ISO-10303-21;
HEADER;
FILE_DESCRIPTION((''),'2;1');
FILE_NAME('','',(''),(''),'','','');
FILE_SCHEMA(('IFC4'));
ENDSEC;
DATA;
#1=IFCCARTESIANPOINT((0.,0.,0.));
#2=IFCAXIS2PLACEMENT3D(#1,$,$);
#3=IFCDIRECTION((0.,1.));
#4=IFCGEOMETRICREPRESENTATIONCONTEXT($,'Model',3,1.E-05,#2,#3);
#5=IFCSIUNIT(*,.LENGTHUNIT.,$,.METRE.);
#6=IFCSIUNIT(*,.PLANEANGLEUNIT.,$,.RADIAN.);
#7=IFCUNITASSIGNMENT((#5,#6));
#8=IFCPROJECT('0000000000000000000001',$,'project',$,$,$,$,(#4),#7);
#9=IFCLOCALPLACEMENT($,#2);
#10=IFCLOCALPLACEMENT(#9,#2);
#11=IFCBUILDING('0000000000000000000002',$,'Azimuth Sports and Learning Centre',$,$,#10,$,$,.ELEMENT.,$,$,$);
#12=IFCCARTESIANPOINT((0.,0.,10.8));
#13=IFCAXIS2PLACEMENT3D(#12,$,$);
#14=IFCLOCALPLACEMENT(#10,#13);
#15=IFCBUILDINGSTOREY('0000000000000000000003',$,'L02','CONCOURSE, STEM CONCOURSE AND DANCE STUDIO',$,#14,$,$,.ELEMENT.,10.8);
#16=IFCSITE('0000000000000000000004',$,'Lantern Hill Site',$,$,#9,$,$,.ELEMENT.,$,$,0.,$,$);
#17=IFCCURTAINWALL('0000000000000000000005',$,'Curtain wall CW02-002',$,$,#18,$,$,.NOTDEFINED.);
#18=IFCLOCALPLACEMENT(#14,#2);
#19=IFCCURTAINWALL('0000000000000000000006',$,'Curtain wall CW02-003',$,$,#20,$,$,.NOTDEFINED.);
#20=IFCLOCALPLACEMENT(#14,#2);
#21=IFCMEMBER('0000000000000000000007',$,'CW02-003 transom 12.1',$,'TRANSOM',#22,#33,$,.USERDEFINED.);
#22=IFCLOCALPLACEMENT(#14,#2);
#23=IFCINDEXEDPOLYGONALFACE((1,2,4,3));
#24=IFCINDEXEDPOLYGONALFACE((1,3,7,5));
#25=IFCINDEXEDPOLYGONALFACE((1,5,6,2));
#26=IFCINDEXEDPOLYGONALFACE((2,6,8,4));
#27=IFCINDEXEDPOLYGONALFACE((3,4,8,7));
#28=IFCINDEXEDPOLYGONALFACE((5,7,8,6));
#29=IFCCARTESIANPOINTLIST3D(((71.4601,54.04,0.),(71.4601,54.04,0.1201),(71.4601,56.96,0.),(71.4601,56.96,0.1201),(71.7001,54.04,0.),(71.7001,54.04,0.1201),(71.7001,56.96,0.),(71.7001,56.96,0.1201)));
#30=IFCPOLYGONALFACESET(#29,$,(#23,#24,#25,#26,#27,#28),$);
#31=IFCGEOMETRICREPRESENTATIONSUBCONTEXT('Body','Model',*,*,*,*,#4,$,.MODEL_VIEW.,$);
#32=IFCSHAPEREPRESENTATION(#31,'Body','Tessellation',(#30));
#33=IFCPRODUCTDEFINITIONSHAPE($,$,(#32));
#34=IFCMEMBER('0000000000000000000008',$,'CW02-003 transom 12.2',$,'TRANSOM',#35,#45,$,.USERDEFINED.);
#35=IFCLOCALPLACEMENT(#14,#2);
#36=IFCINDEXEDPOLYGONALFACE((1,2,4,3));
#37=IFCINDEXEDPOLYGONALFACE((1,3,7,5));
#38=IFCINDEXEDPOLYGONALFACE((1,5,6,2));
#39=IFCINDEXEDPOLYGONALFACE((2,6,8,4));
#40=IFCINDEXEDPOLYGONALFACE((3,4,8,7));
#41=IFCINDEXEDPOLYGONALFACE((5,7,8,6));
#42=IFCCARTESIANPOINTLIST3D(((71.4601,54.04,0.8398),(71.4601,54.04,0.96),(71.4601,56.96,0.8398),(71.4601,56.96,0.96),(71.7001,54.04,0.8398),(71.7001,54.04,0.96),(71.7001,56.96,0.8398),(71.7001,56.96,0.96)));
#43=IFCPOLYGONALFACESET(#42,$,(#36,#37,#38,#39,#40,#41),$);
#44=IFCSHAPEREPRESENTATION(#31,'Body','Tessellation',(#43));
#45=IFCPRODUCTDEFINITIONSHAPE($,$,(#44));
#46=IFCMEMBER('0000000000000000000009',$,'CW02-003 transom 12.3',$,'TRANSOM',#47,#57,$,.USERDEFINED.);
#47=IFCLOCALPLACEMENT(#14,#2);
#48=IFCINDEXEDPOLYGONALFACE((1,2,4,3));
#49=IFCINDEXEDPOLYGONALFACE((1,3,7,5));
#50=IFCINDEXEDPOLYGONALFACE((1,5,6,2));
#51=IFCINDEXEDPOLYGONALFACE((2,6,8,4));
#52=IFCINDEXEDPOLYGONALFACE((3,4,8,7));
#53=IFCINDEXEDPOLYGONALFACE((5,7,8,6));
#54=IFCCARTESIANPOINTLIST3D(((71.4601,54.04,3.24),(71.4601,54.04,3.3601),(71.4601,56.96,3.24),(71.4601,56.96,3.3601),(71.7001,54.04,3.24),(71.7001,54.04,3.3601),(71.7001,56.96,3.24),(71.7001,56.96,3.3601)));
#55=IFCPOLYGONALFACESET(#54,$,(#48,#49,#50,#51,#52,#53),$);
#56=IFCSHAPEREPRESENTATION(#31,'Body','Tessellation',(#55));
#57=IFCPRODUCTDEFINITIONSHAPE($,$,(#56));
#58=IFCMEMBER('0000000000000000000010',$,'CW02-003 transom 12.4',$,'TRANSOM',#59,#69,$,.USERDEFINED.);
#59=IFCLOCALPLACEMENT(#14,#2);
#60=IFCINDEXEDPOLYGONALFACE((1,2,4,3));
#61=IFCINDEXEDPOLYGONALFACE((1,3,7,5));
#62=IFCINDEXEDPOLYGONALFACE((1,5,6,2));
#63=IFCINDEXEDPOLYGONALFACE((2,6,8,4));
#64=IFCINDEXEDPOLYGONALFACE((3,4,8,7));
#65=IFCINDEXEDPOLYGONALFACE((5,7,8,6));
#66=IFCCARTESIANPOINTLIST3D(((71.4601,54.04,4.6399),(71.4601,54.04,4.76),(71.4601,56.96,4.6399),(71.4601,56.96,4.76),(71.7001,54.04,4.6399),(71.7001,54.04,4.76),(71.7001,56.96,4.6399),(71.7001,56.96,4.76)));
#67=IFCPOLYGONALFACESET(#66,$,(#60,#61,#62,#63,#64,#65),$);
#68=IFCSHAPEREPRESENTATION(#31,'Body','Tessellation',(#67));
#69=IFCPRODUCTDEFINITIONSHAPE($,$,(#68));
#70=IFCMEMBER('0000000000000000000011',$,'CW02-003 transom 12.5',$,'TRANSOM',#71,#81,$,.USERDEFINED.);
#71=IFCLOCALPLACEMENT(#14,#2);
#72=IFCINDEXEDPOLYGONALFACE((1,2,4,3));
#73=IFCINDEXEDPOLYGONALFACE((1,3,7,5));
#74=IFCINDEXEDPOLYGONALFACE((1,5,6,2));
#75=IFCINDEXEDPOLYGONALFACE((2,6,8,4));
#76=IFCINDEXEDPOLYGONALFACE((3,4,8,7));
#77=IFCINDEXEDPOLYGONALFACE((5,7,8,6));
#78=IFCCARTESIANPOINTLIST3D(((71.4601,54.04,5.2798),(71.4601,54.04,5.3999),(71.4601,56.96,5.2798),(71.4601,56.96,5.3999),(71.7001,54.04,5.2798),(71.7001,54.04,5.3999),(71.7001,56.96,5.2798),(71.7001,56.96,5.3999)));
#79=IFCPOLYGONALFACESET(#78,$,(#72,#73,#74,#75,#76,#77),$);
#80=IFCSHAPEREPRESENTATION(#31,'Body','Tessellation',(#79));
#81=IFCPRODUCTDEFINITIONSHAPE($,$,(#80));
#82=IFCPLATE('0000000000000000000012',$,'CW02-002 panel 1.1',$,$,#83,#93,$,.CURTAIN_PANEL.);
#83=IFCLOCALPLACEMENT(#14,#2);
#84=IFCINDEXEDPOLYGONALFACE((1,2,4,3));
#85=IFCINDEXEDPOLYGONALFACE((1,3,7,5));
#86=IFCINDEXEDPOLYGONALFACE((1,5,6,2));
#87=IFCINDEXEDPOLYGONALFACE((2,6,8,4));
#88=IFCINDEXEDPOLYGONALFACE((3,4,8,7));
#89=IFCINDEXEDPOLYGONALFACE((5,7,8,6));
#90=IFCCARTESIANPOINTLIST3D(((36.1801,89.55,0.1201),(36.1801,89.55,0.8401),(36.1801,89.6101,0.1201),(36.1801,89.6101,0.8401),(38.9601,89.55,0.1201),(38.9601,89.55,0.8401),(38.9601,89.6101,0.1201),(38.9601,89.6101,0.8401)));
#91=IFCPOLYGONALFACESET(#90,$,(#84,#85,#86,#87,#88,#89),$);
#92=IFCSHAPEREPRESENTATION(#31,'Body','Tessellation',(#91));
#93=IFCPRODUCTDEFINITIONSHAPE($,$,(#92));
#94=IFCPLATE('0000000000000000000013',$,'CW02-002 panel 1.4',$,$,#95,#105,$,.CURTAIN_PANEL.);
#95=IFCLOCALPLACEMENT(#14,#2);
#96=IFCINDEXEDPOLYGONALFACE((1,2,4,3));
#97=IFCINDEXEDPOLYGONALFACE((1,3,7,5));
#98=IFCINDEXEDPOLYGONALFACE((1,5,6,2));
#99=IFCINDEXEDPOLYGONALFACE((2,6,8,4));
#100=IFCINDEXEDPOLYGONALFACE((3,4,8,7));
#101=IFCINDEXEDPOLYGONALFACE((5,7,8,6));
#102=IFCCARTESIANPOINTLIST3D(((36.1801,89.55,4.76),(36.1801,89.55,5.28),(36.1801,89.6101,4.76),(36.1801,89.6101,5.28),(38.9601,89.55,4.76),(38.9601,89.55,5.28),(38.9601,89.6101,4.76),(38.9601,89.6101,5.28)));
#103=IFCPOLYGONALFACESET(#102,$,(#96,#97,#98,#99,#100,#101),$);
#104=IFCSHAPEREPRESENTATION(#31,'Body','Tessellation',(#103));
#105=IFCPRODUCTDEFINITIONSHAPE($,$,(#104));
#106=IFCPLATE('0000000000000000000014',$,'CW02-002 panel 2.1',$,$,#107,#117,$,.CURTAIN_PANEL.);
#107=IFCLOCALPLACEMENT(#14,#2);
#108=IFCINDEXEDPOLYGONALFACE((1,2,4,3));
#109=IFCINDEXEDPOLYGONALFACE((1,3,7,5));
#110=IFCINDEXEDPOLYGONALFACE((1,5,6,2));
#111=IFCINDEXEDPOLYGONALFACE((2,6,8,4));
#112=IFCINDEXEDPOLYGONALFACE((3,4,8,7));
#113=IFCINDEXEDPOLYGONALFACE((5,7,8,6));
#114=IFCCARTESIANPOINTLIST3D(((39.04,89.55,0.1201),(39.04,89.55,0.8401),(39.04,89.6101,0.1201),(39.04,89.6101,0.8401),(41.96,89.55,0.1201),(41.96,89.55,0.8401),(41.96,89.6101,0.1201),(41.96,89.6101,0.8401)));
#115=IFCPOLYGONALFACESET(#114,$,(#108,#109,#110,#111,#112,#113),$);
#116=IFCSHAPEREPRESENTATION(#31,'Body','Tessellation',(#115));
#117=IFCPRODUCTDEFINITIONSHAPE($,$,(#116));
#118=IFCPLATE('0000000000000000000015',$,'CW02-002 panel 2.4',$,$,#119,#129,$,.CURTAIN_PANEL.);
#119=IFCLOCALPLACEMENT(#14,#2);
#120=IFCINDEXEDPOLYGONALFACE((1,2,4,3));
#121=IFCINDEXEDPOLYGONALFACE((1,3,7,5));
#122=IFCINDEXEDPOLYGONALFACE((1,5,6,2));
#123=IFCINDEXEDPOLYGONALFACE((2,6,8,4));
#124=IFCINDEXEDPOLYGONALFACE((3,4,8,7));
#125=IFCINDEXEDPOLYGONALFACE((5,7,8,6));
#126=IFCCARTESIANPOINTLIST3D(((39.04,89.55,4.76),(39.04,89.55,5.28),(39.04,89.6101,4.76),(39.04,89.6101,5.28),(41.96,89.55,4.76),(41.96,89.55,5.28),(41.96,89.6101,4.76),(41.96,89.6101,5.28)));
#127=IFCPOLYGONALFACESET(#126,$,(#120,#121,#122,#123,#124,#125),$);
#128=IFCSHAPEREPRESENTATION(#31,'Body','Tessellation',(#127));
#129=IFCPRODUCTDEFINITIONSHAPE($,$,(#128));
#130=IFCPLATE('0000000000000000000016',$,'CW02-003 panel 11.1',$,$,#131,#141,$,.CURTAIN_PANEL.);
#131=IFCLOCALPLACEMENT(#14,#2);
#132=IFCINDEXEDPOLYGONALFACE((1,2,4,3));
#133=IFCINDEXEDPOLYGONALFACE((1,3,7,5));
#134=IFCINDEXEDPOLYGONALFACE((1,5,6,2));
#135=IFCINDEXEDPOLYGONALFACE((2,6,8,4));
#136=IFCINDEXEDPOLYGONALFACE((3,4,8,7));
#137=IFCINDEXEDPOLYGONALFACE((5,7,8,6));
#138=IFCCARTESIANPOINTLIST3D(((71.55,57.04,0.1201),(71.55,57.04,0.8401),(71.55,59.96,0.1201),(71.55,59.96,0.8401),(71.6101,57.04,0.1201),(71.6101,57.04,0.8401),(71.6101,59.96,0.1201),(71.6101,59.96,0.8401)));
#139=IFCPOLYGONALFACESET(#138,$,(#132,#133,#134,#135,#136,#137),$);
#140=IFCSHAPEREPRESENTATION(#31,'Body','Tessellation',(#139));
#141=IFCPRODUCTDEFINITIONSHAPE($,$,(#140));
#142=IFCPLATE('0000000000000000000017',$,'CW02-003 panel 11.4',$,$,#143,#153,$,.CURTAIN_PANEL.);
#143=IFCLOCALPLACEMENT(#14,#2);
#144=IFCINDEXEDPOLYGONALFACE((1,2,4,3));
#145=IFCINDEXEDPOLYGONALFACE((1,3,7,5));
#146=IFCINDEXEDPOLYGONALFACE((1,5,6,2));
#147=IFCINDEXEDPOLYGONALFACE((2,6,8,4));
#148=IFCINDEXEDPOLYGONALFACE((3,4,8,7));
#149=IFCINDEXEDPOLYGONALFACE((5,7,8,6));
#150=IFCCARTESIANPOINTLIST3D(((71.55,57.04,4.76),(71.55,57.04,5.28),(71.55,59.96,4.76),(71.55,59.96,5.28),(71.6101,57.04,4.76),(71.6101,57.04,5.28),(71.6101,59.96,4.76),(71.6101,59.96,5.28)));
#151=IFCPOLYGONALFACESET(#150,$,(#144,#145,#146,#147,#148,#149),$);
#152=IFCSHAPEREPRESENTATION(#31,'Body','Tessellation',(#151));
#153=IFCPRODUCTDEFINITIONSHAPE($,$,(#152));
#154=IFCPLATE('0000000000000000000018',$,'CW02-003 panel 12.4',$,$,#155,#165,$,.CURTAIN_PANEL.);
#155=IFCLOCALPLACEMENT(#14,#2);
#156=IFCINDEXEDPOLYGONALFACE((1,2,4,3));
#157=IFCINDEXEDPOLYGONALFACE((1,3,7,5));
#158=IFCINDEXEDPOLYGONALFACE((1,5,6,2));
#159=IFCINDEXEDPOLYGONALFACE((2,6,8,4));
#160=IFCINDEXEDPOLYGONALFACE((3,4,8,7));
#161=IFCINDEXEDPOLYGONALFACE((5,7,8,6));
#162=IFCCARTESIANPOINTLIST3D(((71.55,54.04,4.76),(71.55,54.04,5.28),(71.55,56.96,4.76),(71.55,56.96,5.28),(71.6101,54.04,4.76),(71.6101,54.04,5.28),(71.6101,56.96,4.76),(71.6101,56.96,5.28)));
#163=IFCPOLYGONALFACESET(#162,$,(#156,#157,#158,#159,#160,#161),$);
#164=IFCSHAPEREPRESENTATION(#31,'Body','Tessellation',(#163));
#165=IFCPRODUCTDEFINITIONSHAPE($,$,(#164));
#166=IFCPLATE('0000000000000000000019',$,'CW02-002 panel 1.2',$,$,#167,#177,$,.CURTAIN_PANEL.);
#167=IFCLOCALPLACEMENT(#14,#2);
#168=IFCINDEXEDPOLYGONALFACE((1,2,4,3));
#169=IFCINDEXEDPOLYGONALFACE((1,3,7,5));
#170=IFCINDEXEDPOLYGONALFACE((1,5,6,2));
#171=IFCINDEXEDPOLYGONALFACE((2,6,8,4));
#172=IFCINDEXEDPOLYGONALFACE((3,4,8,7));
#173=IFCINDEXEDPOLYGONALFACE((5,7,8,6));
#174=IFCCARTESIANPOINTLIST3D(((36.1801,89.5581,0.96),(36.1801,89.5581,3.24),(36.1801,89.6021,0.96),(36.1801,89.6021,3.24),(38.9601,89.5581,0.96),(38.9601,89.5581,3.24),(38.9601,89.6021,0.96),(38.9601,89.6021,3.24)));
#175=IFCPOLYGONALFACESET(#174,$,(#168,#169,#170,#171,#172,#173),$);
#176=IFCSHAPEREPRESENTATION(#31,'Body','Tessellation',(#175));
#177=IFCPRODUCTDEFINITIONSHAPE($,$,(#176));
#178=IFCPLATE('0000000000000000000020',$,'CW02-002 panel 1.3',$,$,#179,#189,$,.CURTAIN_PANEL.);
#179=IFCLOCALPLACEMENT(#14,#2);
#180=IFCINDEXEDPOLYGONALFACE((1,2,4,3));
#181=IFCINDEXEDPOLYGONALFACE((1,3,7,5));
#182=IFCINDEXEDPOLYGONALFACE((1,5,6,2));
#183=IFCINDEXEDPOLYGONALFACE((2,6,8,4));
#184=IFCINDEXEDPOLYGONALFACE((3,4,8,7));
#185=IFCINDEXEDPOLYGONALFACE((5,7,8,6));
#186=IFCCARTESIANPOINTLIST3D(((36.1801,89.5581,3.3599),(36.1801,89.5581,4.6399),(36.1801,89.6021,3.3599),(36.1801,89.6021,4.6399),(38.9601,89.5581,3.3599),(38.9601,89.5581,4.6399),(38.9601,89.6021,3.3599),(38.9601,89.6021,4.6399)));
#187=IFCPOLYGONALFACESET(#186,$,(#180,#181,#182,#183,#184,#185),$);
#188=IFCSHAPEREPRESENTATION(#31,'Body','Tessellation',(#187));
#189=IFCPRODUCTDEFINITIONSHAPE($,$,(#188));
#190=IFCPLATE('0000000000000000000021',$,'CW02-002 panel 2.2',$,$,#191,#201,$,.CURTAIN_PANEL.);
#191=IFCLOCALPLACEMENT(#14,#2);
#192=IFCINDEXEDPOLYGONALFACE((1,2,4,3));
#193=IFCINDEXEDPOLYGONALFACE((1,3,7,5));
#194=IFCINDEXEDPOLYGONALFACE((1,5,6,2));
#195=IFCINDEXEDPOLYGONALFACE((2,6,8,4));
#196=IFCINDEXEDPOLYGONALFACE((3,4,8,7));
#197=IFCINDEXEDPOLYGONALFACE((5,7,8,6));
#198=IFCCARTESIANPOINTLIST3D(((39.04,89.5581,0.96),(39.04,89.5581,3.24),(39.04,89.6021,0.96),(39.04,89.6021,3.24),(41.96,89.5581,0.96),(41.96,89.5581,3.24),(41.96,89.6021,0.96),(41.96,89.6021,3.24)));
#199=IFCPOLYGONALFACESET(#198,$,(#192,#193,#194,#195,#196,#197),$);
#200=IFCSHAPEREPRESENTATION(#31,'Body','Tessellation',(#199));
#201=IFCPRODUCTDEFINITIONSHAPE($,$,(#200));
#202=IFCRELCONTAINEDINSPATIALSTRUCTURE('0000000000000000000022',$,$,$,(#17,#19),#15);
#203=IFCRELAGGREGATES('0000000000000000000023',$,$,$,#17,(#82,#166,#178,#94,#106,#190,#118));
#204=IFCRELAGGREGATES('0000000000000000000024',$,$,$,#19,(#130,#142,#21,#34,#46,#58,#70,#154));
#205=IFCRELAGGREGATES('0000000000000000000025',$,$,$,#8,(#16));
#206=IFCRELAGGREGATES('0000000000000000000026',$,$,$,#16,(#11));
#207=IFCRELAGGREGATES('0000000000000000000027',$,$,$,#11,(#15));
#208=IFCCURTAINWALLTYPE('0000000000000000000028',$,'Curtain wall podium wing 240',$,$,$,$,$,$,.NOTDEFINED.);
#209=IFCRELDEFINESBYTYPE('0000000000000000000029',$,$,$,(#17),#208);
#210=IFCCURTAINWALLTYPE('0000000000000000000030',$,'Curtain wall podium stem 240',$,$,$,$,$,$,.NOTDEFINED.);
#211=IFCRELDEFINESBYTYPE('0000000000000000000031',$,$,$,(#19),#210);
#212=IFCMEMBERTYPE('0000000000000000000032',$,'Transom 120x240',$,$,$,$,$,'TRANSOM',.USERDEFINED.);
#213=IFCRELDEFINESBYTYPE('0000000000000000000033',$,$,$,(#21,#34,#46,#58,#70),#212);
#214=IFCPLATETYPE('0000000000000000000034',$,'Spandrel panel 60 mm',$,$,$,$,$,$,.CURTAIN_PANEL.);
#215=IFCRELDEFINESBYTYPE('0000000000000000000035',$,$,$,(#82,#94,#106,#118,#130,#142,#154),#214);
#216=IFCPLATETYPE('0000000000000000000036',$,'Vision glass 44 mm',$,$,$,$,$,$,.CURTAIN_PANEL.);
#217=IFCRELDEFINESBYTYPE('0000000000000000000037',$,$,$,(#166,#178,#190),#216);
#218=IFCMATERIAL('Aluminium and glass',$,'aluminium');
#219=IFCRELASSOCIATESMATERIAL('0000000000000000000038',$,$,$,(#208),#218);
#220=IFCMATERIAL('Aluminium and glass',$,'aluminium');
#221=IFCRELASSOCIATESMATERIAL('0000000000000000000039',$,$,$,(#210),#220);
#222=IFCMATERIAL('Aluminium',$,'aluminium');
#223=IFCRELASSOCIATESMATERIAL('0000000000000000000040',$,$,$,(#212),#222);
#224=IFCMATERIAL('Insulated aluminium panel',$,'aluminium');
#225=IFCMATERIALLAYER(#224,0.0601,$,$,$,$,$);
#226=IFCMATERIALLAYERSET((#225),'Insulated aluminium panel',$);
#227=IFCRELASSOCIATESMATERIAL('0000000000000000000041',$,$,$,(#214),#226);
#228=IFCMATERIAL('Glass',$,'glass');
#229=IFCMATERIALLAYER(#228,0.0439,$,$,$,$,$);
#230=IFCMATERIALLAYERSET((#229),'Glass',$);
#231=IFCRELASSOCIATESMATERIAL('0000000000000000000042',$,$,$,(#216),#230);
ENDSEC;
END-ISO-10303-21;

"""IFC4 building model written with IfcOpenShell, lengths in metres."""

from ifc_helpers import new_model, si_unit, direction, frame, origin, origin_2d, place, context, subcontext, project, spatial, rectangle, extrude, material, layer, layer_set, material_profile, profile_set, type_object, element, aggregate, save


model = new_model("IFC4")

# Units and contexts
model_context = context("Model", 3, precision=1e-05, world=origin(), true_north=direction((0.0, 1.0)))
body_context = subcontext(model_context, "Body", "Model", "MODEL_VIEW")
ifc_project = project(units=[si_unit("LENGTHUNIT", "METRE"), si_unit("PLANEANGLEUNIT", "RADIAN")], contexts=[model_context])

# Site, building, storey
site_placement = place(None, origin())
site = spatial("IfcSite", under=ifc_project, at=site_placement, Name="Lantern Hill Site", CompositionType="ELEMENT", RefElevation=0.0)
building_placement = place(site_placement, origin())
building = spatial("IfcBuilding", under=site, at=building_placement, Name="Azimuth Sports and Learning Centre", CompositionType="ELEMENT")
storey_placement = place(building_placement, frame((0.0, 0.0, 10.8)))
storey = spatial("IfcBuildingStorey", under=building, at=storey_placement, Name="L02", Description="CONCOURSE, STEM CONCOURSE AND DANCE STUDIO", CompositionType="ELEMENT", Elevation=10.8)

# Curtain wall
ifc_material_1 = material(Name="Aluminium and glass", Category="aluminium")
curtain_wall_type_1 = type_object("IfcCurtainWallType", Name="Curtain wall podium wing 240", PredefinedType="NOTDEFINED", material=ifc_material_1)
curtain_wall_1_placement = place(storey_placement, origin())
curtain_wall_1 = element("IfcCurtainWall", 1, at=curtain_wall_1_placement, inside=storey, type_object=curtain_wall_type_1, Name="Curtain wall CW02-002", PredefinedType="NOTDEFINED")

# Curtain wall
ifc_material_2 = material(Name="Aluminium and glass", Category="aluminium")
curtain_wall_type_2 = type_object("IfcCurtainWallType", Name="Curtain wall podium stem 240", PredefinedType="NOTDEFINED", material=ifc_material_2)
curtain_wall_2_placement = place(storey_placement, origin())
curtain_wall_2 = element("IfcCurtainWall", 2, at=curtain_wall_2_placement, inside=storey, type_object=curtain_wall_type_2, Name="Curtain wall CW02-003", PredefinedType="NOTDEFINED")

# Members
ifc_material_3 = material(Name="Aluminium", Category="aluminium")
ifc_material_profile_1 = material_profile(ifc_material_3, rectangle(XDim=0.24, YDim=0.1201, at=origin_2d()), Name="Transom 120x240")
ifc_profile_set_1 = profile_set([ifc_material_profile_1], Name="Aluminium")
member_type_1 = type_object("IfcMemberType", Name="Transom 120x240", ElementType="TRANSOM", PredefinedType="USERDEFINED", material=ifc_profile_set_1)
member_1_placement = place(storey_placement, frame((71.5801, 56.96, 0.0601), z_axis=(0.0, -1.0, 0.0), x_axis=(1.0, 0.0, 0.0)))
member_1 = element("IfcMember", 3, at=member_1_placement, type_object=member_type_1, Name="CW02-003 transom 12.1", ObjectType="TRANSOM", PredefinedType="USERDEFINED", context=body_context, shape_type="SweptSolid", body=[
    extrude(rectangle(XDim=0.24, YDim=0.1201, at=origin_2d()), origin(), (0.0, 0.0, 1.0), 2.9199),
])
member_2_placement = place(storey_placement, frame((71.5801, 56.96, 0.8999), z_axis=(0.0, -1.0, 0.0), x_axis=(1.0, 0.0, 0.0)))
member_2 = element("IfcMember", 4, at=member_2_placement, type_object=member_type_1, Name="CW02-003 transom 12.2", ObjectType="TRANSOM", PredefinedType="USERDEFINED", context=body_context, shape_type="SweptSolid", body=[
    extrude(rectangle(XDim=0.24, YDim=0.1201, at=origin_2d()), origin(), (0.0, 0.0, 1.0), 2.9199),
])
member_3_placement = place(storey_placement, frame((71.5801, 56.96, 3.3), z_axis=(0.0, -1.0, 0.0), x_axis=(1.0, 0.0, 0.0)))
member_3 = element("IfcMember", 5, at=member_3_placement, type_object=member_type_1, Name="CW02-003 transom 12.3", ObjectType="TRANSOM", PredefinedType="USERDEFINED", context=body_context, shape_type="SweptSolid", body=[
    extrude(rectangle(XDim=0.24, YDim=0.1201, at=origin_2d()), origin(), (0.0, 0.0, 1.0), 2.9199),
])
member_4_placement = place(storey_placement, frame((71.5801, 56.96, 4.7), z_axis=(0.0, -1.0, 0.0), x_axis=(1.0, 0.0, 0.0)))
member_4 = element("IfcMember", 6, at=member_4_placement, type_object=member_type_1, Name="CW02-003 transom 12.4", ObjectType="TRANSOM", PredefinedType="USERDEFINED", context=body_context, shape_type="SweptSolid", body=[
    extrude(rectangle(XDim=0.24, YDim=0.1201, at=origin_2d()), origin(), (0.0, 0.0, 1.0), 2.9199),
])
member_5_placement = place(storey_placement, frame((71.5801, 56.96, 5.3398), z_axis=(0.0, -1.0, 0.0), x_axis=(1.0, 0.0, 0.0)))
member_5 = element("IfcMember", 7, at=member_5_placement, type_object=member_type_1, Name="CW02-003 transom 12.5", ObjectType="TRANSOM", PredefinedType="USERDEFINED", context=body_context, shape_type="SweptSolid", body=[
    extrude(rectangle(XDim=0.24, YDim=0.1201, at=origin_2d()), origin(), (0.0, 0.0, 1.0), 2.9199),
])

# Plates
ifc_material_4 = material(Name="Insulated aluminium panel", Category="aluminium")
ifc_layer_1 = layer(ifc_material_4, 0.0601)
ifc_layer_set_1 = layer_set([ifc_layer_1], Name="Insulated aluminium panel")
plate_type_1 = type_object("IfcPlateType", Name="Spandrel panel 60 mm", PredefinedType="CURTAIN_PANEL", material=ifc_layer_set_1)
plate_1_placement = place(storey_placement, frame((37.5701, 89.5801, 0.1201), z_axis=(0.0, 0.0, 1.0), x_axis=(1.0, 0.0, 0.0)))
plate_1 = element("IfcPlate", 8, at=plate_1_placement, type_object=plate_type_1, Name="CW02-002 panel 1.1", PredefinedType="CURTAIN_PANEL", context=body_context, shape_type="SweptSolid", body=[
    extrude(rectangle(XDim=2.78, YDim=0.0601, at=origin_2d()), origin(), (0.0, 0.0, 1.0), 0.72),
])
plate_2_placement = place(storey_placement, frame((37.5701, 89.5801, 4.76), z_axis=(0.0, 0.0, 1.0), x_axis=(1.0, 0.0, 0.0)))
plate_2 = element("IfcPlate", 9, at=plate_2_placement, type_object=plate_type_1, Name="CW02-002 panel 1.4", PredefinedType="CURTAIN_PANEL", context=body_context, shape_type="SweptSolid", body=[
    extrude(rectangle(XDim=2.78, YDim=0.0601, at=origin_2d()), origin(), (0.0, 0.0, 1.0), 0.52),
])
plate_3_placement = place(storey_placement, frame((40.5, 89.5801, 0.1201), z_axis=(0.0, 0.0, 1.0), x_axis=(1.0, 0.0, 0.0)))
plate_3 = element("IfcPlate", 10, at=plate_3_placement, type_object=plate_type_1, Name="CW02-002 panel 2.1", PredefinedType="CURTAIN_PANEL", context=body_context, shape_type="SweptSolid", body=[
    extrude(rectangle(XDim=2.9199, YDim=0.0601, at=origin_2d()), origin(), (0.0, 0.0, 1.0), 0.72),
])
plate_4_placement = place(storey_placement, frame((40.5, 89.5801, 4.76), z_axis=(0.0, 0.0, 1.0), x_axis=(1.0, 0.0, 0.0)))
plate_4 = element("IfcPlate", 11, at=plate_4_placement, type_object=plate_type_1, Name="CW02-002 panel 2.4", PredefinedType="CURTAIN_PANEL", context=body_context, shape_type="SweptSolid", body=[
    extrude(rectangle(XDim=2.9199, YDim=0.0601, at=origin_2d()), origin(), (0.0, 0.0, 1.0), 0.52),
])
plate_5_placement = place(storey_placement, frame((71.5801, 58.5, 0.1201), z_axis=(0.0, 0.0, 1.0), x_axis=(0.0, -1.0, 0.0)))
plate_5 = element("IfcPlate", 12, at=plate_5_placement, type_object=plate_type_1, Name="CW02-003 panel 11.1", PredefinedType="CURTAIN_PANEL", context=body_context, shape_type="SweptSolid", body=[
    extrude(rectangle(XDim=2.9199, YDim=0.0601, at=origin_2d()), origin(), (0.0, 0.0, 1.0), 0.72),
])
plate_6_placement = place(storey_placement, frame((71.5801, 58.5, 4.76), z_axis=(0.0, 0.0, 1.0), x_axis=(0.0, -1.0, 0.0)))
plate_6 = element("IfcPlate", 13, at=plate_6_placement, type_object=plate_type_1, Name="CW02-003 panel 11.4", PredefinedType="CURTAIN_PANEL", context=body_context, shape_type="SweptSolid", body=[
    extrude(rectangle(XDim=2.9199, YDim=0.0601, at=origin_2d()), origin(), (0.0, 0.0, 1.0), 0.52),
])
plate_7_placement = place(storey_placement, frame((71.5801, 55.5, 4.76), z_axis=(0.0, 0.0, 1.0), x_axis=(0.0, -1.0, 0.0)))
plate_7 = element("IfcPlate", 14, at=plate_7_placement, type_object=plate_type_1, Name="CW02-003 panel 12.4", PredefinedType="CURTAIN_PANEL", context=body_context, shape_type="SweptSolid", body=[
    extrude(rectangle(XDim=2.9199, YDim=0.0601, at=origin_2d()), origin(), (0.0, 0.0, 1.0), 0.52),
])
ifc_material_5 = material(Name="Glass", Category="glass")
ifc_layer_2 = layer(ifc_material_5, 0.0439)
ifc_layer_set_2 = layer_set([ifc_layer_2], Name="Glass")
plate_type_2 = type_object("IfcPlateType", Name="Vision glass 44 mm", PredefinedType="CURTAIN_PANEL", material=ifc_layer_set_2)
plate_8_placement = place(storey_placement, frame((37.5701, 89.5801, 0.96), z_axis=(0.0, 0.0, 1.0), x_axis=(1.0, 0.0, 0.0)))
plate_8 = element("IfcPlate", 15, at=plate_8_placement, type_object=plate_type_2, Name="CW02-002 panel 1.2", PredefinedType="CURTAIN_PANEL", context=body_context, shape_type="SweptSolid", body=[
    extrude(rectangle(XDim=2.78, YDim=0.0439, at=origin_2d()), origin(), (0.0, 0.0, 1.0), 2.28),
])
plate_9_placement = place(storey_placement, frame((37.5701, 89.5801, 3.3599), z_axis=(0.0, 0.0, 1.0), x_axis=(1.0, 0.0, 0.0)))
plate_9 = element("IfcPlate", 16, at=plate_9_placement, type_object=plate_type_2, Name="CW02-002 panel 1.3", PredefinedType="CURTAIN_PANEL", context=body_context, shape_type="SweptSolid", body=[
    extrude(rectangle(XDim=2.78, YDim=0.0439, at=origin_2d()), origin(), (0.0, 0.0, 1.0), 1.28),
])
plate_10_placement = place(storey_placement, frame((40.5, 89.5801, 0.96), z_axis=(0.0, 0.0, 1.0), x_axis=(1.0, 0.0, 0.0)))
plate_10 = element("IfcPlate", 17, at=plate_10_placement, type_object=plate_type_2, Name="CW02-002 panel 2.2", PredefinedType="CURTAIN_PANEL", context=body_context, shape_type="SweptSolid", body=[
    extrude(rectangle(XDim=2.9199, YDim=0.0439, at=origin_2d()), origin(), (0.0, 0.0, 1.0), 2.28),
])
aggregate(curtain_wall_1, [plate_1, plate_8, plate_9, plate_2, plate_3, plate_10, plate_4])
aggregate(curtain_wall_2, [plate_5, plate_6, member_1, member_2, member_3, member_4, member_5, plate_7])

save(model, "model.ifc")
